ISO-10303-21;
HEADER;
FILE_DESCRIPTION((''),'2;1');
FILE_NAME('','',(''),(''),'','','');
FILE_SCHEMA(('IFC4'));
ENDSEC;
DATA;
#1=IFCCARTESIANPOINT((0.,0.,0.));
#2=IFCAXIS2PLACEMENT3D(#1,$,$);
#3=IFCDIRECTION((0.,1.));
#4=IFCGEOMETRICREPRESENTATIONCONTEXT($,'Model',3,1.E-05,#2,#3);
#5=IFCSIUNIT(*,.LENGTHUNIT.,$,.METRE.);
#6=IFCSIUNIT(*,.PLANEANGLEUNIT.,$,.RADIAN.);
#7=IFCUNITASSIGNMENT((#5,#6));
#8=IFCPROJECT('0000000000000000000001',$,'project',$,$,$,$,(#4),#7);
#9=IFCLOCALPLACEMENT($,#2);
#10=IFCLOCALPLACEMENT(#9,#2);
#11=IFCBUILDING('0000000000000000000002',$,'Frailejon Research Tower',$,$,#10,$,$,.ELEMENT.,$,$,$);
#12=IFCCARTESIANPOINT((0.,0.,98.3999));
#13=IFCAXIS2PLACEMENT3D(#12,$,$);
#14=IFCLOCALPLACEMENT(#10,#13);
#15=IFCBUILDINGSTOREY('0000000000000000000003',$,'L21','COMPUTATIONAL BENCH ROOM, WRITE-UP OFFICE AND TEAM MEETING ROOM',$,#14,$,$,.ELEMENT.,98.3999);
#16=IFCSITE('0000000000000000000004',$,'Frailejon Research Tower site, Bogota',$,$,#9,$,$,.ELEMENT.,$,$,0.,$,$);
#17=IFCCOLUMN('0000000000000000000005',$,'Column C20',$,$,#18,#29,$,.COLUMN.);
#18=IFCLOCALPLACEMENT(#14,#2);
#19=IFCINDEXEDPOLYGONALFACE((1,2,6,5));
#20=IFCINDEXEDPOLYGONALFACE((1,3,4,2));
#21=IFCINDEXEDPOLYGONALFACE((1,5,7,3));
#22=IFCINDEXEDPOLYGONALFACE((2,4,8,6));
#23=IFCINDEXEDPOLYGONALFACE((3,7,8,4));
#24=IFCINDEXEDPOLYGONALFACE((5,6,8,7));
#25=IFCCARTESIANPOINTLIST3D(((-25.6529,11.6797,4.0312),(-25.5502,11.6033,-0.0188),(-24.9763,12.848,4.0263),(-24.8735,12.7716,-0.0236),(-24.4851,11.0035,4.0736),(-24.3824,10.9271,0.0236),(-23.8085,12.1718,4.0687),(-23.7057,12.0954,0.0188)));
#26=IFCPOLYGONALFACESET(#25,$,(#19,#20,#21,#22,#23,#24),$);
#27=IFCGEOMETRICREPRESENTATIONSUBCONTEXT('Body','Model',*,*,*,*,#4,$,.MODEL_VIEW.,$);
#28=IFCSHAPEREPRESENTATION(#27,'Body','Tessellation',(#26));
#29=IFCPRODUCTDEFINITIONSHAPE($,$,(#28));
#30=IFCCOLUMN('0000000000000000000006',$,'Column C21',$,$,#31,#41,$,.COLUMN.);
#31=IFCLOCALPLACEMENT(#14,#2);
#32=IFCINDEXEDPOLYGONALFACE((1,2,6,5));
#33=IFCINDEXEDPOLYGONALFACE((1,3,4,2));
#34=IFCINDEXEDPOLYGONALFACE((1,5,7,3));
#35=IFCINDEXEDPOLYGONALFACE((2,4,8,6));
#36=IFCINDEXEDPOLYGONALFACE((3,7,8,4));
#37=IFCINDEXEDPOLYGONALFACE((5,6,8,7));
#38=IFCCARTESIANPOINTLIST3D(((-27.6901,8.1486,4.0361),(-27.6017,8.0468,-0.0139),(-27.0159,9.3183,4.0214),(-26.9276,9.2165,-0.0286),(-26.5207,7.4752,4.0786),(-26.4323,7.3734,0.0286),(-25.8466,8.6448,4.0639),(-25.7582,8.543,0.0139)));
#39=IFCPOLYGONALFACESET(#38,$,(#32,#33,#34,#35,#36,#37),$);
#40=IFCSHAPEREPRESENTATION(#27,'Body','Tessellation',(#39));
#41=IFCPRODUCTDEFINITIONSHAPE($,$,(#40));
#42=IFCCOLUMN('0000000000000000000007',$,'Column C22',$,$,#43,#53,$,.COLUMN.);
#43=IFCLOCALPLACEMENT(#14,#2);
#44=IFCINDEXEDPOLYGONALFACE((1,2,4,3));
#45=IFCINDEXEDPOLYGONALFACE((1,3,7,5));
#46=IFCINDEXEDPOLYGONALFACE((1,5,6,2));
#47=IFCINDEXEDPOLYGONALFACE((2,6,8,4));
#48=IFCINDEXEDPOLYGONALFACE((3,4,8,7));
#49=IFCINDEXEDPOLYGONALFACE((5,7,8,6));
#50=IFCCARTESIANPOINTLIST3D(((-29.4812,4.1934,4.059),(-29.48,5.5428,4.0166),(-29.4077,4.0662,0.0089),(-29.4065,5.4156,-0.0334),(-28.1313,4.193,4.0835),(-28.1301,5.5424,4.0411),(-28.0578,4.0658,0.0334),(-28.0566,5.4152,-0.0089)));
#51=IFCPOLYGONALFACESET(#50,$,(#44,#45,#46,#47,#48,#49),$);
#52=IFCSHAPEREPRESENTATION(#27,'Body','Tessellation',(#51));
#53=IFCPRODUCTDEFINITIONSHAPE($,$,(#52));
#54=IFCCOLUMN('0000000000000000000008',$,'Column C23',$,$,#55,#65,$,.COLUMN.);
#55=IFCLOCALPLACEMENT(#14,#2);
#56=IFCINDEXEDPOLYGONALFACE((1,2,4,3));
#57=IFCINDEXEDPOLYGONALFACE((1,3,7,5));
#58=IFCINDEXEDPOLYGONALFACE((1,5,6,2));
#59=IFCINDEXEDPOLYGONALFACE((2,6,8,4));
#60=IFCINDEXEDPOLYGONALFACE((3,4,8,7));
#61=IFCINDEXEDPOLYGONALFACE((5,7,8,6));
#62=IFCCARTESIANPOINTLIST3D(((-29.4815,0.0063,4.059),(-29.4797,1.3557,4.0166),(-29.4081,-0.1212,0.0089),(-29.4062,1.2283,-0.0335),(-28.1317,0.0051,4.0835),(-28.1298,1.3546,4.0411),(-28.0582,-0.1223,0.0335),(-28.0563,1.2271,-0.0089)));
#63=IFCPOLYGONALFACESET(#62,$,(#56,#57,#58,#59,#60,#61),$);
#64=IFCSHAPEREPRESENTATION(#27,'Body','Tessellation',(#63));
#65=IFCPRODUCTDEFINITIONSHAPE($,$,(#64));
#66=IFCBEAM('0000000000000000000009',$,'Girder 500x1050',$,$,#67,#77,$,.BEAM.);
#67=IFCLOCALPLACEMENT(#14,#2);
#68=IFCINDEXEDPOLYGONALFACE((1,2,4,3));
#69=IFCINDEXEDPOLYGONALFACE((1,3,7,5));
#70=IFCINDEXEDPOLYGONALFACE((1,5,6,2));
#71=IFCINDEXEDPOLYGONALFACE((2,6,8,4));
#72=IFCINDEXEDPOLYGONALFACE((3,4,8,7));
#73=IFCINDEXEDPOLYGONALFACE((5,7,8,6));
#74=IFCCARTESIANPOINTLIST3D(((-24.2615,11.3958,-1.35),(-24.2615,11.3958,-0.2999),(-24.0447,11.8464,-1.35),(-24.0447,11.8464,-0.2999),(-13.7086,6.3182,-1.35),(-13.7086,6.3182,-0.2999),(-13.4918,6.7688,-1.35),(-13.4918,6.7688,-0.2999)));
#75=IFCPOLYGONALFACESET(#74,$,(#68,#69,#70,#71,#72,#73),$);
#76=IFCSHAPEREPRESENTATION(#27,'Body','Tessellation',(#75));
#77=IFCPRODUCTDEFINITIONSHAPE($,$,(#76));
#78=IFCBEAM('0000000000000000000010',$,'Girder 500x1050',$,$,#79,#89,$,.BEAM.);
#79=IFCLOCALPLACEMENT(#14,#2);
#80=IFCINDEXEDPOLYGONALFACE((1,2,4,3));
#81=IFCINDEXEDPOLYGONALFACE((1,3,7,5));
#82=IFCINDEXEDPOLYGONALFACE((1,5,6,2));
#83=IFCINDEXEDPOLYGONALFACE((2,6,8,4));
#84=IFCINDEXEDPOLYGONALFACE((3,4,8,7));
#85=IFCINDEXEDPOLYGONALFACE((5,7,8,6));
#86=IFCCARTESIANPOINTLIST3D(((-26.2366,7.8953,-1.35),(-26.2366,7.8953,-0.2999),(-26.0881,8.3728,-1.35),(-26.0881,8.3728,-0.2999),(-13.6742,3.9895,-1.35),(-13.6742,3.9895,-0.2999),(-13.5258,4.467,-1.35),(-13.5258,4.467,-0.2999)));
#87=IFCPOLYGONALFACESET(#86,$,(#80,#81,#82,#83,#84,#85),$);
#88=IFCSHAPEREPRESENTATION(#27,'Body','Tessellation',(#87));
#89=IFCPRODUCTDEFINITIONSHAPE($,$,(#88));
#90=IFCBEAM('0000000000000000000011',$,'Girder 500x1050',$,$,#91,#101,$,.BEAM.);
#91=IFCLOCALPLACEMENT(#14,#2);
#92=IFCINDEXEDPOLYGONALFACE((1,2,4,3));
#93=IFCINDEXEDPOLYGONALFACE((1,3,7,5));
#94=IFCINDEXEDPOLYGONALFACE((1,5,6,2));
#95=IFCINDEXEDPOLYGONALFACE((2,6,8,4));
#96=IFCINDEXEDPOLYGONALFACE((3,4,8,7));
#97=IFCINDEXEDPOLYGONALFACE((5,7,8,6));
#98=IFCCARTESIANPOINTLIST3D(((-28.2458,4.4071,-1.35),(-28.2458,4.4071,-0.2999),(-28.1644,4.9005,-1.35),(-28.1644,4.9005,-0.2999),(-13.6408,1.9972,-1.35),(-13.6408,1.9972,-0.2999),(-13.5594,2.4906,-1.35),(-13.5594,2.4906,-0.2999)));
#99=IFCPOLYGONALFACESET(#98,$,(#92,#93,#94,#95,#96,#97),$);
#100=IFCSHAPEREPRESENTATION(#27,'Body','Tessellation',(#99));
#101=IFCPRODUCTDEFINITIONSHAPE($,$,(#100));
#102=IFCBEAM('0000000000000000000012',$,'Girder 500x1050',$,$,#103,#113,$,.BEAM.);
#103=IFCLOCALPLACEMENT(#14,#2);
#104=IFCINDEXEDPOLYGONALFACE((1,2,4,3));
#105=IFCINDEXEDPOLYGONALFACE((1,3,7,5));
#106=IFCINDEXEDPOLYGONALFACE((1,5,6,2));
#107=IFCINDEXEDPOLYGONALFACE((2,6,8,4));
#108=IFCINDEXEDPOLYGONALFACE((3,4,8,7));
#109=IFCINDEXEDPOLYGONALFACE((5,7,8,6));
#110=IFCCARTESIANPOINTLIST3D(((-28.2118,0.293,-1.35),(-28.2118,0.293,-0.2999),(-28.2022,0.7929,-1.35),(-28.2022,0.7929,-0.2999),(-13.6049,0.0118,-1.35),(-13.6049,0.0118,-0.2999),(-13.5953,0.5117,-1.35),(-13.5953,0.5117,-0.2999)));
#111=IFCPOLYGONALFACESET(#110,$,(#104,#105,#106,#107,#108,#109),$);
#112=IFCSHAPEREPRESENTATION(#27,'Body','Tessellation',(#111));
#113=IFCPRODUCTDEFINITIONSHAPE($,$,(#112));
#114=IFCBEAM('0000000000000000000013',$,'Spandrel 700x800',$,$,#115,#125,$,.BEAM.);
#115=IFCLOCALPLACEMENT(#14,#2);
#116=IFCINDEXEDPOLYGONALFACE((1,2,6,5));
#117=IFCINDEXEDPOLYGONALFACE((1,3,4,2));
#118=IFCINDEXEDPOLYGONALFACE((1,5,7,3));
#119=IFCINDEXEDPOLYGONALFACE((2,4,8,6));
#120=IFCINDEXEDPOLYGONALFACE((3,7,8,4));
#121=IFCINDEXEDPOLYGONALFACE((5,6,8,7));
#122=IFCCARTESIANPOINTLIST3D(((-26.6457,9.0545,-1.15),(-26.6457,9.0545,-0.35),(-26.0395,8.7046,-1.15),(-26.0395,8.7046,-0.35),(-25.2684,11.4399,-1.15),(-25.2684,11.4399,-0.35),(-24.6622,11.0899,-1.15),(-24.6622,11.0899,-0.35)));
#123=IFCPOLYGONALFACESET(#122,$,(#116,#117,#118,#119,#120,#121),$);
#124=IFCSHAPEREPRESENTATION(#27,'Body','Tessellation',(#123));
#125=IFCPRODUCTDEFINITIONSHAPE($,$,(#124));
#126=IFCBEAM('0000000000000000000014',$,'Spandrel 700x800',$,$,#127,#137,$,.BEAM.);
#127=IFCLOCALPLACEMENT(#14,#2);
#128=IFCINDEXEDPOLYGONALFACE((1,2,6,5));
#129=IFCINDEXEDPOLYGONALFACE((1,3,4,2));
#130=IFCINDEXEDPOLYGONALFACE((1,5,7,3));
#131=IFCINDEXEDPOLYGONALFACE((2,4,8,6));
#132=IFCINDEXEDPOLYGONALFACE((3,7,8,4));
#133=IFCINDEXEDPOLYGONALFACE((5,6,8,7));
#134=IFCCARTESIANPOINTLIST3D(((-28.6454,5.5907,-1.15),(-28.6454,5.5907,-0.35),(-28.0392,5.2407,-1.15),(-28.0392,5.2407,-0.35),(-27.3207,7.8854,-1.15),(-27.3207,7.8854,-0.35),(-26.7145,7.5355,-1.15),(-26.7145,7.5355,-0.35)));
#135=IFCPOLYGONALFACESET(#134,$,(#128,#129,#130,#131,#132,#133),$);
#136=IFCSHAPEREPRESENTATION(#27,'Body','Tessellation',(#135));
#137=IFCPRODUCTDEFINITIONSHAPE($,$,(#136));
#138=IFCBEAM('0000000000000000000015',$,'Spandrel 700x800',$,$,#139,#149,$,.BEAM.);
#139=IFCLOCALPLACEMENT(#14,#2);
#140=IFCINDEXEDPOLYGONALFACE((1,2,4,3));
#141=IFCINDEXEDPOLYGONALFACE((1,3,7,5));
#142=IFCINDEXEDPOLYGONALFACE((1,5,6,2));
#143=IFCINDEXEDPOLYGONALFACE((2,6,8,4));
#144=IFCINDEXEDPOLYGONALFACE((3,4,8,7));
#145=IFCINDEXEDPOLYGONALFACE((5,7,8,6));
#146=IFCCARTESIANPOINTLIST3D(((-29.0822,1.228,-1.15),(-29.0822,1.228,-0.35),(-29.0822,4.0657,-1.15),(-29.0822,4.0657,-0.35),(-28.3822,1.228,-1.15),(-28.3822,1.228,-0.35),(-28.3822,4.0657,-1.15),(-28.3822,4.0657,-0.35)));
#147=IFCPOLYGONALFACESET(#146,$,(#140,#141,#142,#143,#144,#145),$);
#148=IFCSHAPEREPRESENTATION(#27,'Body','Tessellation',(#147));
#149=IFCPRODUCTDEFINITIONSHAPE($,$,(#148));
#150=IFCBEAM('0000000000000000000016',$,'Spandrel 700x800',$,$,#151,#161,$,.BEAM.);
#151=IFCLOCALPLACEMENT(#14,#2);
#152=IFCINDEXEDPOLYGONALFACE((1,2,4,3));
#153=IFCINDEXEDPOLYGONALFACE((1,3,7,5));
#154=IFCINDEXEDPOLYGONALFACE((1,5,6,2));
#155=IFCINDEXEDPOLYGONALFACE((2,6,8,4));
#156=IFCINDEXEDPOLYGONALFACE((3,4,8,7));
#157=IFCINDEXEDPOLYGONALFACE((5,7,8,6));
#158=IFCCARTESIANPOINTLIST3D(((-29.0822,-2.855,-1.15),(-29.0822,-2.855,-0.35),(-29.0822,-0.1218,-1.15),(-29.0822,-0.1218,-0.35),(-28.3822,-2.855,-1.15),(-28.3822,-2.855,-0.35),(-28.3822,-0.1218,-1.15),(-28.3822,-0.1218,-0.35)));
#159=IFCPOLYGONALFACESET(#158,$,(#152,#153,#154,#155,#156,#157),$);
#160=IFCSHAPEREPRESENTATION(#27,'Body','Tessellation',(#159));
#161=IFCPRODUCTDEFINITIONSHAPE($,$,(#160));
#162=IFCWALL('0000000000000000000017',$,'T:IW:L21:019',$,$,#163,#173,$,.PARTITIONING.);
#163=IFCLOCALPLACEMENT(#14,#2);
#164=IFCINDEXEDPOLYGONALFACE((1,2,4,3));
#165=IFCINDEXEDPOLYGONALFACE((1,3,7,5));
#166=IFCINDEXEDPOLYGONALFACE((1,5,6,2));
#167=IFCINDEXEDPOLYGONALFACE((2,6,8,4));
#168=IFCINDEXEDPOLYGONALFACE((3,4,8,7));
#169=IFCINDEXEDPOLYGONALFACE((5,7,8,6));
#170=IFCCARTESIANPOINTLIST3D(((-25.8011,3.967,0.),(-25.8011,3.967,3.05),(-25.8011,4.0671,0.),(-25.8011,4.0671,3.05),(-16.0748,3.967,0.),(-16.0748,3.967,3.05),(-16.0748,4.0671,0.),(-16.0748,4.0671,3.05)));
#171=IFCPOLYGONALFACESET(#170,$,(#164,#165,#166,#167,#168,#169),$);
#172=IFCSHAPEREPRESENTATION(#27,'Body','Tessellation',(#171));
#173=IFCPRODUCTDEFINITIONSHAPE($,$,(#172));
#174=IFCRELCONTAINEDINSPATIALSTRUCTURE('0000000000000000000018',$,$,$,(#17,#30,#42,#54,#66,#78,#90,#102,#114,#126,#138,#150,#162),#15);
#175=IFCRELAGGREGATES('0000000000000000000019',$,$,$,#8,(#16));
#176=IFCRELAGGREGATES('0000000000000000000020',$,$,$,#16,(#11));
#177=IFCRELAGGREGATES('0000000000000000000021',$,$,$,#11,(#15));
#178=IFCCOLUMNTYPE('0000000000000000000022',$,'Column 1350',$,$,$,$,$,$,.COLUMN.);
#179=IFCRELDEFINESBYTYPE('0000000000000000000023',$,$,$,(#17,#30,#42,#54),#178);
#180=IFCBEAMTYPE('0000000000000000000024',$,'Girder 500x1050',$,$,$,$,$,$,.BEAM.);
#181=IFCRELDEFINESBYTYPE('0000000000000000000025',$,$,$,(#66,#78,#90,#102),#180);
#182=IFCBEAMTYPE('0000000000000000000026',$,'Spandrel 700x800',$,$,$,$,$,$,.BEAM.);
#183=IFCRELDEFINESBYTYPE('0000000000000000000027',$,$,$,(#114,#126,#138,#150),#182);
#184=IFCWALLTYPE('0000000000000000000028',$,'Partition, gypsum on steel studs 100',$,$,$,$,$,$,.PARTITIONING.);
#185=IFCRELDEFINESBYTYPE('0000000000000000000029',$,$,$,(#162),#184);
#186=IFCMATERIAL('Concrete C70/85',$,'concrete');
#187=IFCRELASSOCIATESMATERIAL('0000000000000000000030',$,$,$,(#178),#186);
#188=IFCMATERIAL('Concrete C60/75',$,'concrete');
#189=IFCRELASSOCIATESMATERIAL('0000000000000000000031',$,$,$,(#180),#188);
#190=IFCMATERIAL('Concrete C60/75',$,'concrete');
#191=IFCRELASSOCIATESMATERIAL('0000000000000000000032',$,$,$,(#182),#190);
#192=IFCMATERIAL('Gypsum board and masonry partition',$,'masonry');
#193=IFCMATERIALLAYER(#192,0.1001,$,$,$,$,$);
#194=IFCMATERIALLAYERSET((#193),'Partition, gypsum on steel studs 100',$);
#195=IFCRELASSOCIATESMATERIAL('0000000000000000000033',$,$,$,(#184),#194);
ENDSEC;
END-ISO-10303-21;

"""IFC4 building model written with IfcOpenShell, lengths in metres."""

from ifc_helpers import new_model, si_unit, direction, frame, frame_2d, origin, origin_2d, place, context, subcontext, project, spatial, rectangle, extrude, material, layer, layer_set, material_profile, profile_set, type_object, element, save


model = new_model("IFC4")

# Units and contexts
model_context = context("Model", 3, precision=1e-05, world=origin(), true_north=direction((0.0, 1.0)))
body_context = subcontext(model_context, "Body", "Model", "MODEL_VIEW")
ifc_project = project(units=[si_unit("LENGTHUNIT", "METRE"), si_unit("PLANEANGLEUNIT", "RADIAN")], contexts=[model_context])

# Site, building, storey
site_placement = place(None, origin())
site = spatial("IfcSite", under=ifc_project, at=site_placement, Name="Frailejon Research Tower site, Bogota", CompositionType="ELEMENT", RefElevation=0.0)
building_placement = place(site_placement, origin())
building = spatial("IfcBuilding", under=site, at=building_placement, Name="Frailejon Research Tower", CompositionType="ELEMENT")
storey_placement = place(building_placement, frame((0.0, 0.0, 98.3999)))
storey = spatial("IfcBuildingStorey", under=building, at=storey_placement, Name="L21", Description="COMPUTATIONAL BENCH ROOM, WRITE-UP OFFICE AND TEAM MEETING ROOM", CompositionType="ELEMENT", Elevation=98.3999)

# Columns
ifc_material_1 = material(Name="Concrete C70/85", Category="concrete")
ifc_material_profile_1 = material_profile(ifc_material_1, rectangle(XDim=1.3501, YDim=1.3501, at=origin_2d()), Name="Column 1350")
ifc_profile_set_1 = profile_set([ifc_material_profile_1], Name="Concrete C70/85")
column_type = type_object("IfcColumnType", Name="Column 1350", PredefinedType="COLUMN", material=ifc_profile_set_1)
column_1_placement = place(storey_placement, frame((-24.6279, 11.8494, 0.0), z_axis=(-0.025366, 0.018858, 0.9995), x_axis=(-0.501191, -0.865329, 0.003608)))
element("IfcColumn", 1, at=column_1_placement, inside=storey, type_object=column_type, Name="Column C20", PredefinedType="COLUMN", context=body_context, shape_type="SweptSolid", body=[
    extrude(rectangle(XDim=1.3501, YDim=1.3501, at=origin_2d()), origin(), (0.0, 0.0, 1.0), 4.052),
])
column_2_placement = place(storey_placement, frame((-26.6799, 8.2949, 0.0), z_axis=(-0.02181, 0.025123, 0.999446), x_axis=(-0.499317, -0.866351, 0.010882)))
element("IfcColumn", 2, at=column_2_placement, inside=storey, type_object=column_type, Name="Column C21", PredefinedType="COLUMN", context=body_context, shape_type="SweptSolid", body=[
    extrude(rectangle(XDim=1.3501, YDim=1.3501, at=origin_2d()), origin(), (0.0, 0.0, 1.0), 4.0522),
])
for number, where, z_axis, x_axis, name in (
    (3, (-28.7322, 4.7407, 0.0), (-0.018133, 0.031386, 0.999343), (-0.000879, -0.999507, 0.031375), "Column C22"),
    (4, (-28.7322, 0.553, 0.0), (-0.018133, 0.031446, 0.999341), (-0.001396, -0.999505, 0.031426), "Column C23"),
):
    element("IfcColumn", number, at=place(storey_placement, frame(where, z_axis=z_axis, x_axis=x_axis)), inside=storey, type_object=column_type, Name=name, PredefinedType="COLUMN", context=body_context, shape_type="SweptSolid", body=[
        extrude(rectangle(XDim=1.3501, YDim=1.3501, at=origin_2d()), origin(), (0.0, 0.0, 1.0), 4.0527),
    ])

# Beams
ifc_material_2 = material(Name="Concrete C60/75", Category="concrete")
ifc_material_profile_2 = material_profile(ifc_material_2, rectangle(XDim=0.5, YDim=1.05, at=origin_2d()), Name="Girder 500x1050")
ifc_profile_set_2 = profile_set([ifc_material_profile_2], Name="Concrete C60/75")
beam_type_1 = type_object("IfcBeamType", Name="Girder 500x1050", PredefinedType="BEAM", material=ifc_profile_set_2)
beam_1_placement = place(storey_placement, frame((-24.1531, 11.6211, -0.825), z_axis=(0.901116, -0.433578, 0.0), x_axis=(0.433578, 0.901116, 0.0)))
element("IfcBeam", 5, at=beam_1_placement, inside=storey, type_object=beam_type_1, Name="Girder 500x1050", PredefinedType="BEAM", context=body_context, shape_type="SweptSolid", body=[
    extrude(rectangle(XDim=0.5, YDim=1.05, at=origin_2d()), origin(), (0.0, 0.0, 1.0), 11.7109),
])
beam_2_placement = place(storey_placement, frame((-26.1624, 8.134, -0.825), z_axis=(0.954911, -0.296894, 0.0), x_axis=(0.296894, 0.954911, 0.0)))
element("IfcBeam", 6, at=beam_2_placement, inside=storey, type_object=beam_type_1, Name="Girder 500x1050", PredefinedType="BEAM", context=body_context, shape_type="SweptSolid", body=[
    extrude(rectangle(XDim=0.5, YDim=1.05, at=origin_2d()), origin(), (0.0, 0.0, 1.0), 13.1555),
])
beam_3_placement = place(storey_placement, frame((-28.2051, 4.6538, -0.825), z_axis=(0.986658, -0.162805, 0.0), x_axis=(0.162805, 0.986658, 0.0)))
element("IfcBeam", 7, at=beam_3_placement, inside=storey, type_object=beam_type_1, Name="Girder 500x1050", PredefinedType="BEAM", context=body_context, shape_type="SweptSolid", body=[
    extrude(rectangle(XDim=0.5, YDim=1.05, at=origin_2d()), origin(), (0.0, 0.0, 1.0), 14.8025),
])
beam_4_placement = place(storey_placement, frame((-28.207, 0.543, -0.825), z_axis=(0.999815, -0.019251, 0.0), x_axis=(0.019251, 0.999815, 0.0)))
element("IfcBeam", 8, at=beam_4_placement, inside=storey, type_object=beam_type_1, Name="Girder 500x1050", PredefinedType="BEAM", context=body_context, shape_type="SweptSolid", body=[
    extrude(rectangle(XDim=0.5, YDim=1.05, at=origin_2d()), origin(), (0.0, 0.0, 1.0), 14.6096),
])
ifc_material_3 = material(Name="Concrete C60/75", Category="concrete")
ifc_material_profile_3 = material_profile(ifc_material_3, rectangle(XDim=0.7, YDim=0.8, at=origin_2d()), Name="Spandrel 700x800")
ifc_profile_set_3 = profile_set([ifc_material_profile_3], Name="Concrete C60/75")
beam_type_2 = type_object("IfcBeamType", Name="Spandrel 700x800", PredefinedType="BEAM", material=ifc_profile_set_3)
beam_5_placement = place(storey_placement, frame((-24.9653, 11.2649, -0.75), z_axis=(-0.500019, -0.866014, 0.0), x_axis=(0.866014, -0.500019, 0.0)))
element("IfcBeam", 9, at=beam_5_placement, inside=storey, type_object=beam_type_2, Name="Spandrel 700x800", PredefinedType="BEAM", context=body_context, shape_type="SweptSolid", body=[
    extrude(rectangle(XDim=0.7, YDim=0.8, at=origin_2d()), origin(), (0.0, 0.0, 1.0), 2.7544),
])
beam_6_placement = place(storey_placement, frame((-27.0176, 7.7104, -0.75), z_axis=(-0.499964, -0.866046, 0.0), x_axis=(0.866046, -0.499964, 0.0)))
element("IfcBeam", 10, at=beam_6_placement, inside=storey, type_object=beam_type_2, Name="Spandrel 700x800", PredefinedType="BEAM", context=body_context, shape_type="SweptSolid", body=[
    extrude(rectangle(XDim=0.7, YDim=0.8, at=origin_2d()), origin(), (0.0, 0.0, 1.0), 2.6497),
])
beam_7_placement = place(storey_placement, frame((-28.7322, 4.0657, -0.75), z_axis=(0.0, -1.0, 0.0), x_axis=(1.0, 0.0, 0.0)))
element("IfcBeam", 11, at=beam_7_placement, inside=storey, type_object=beam_type_2, Name="Spandrel 700x800", PredefinedType="BEAM", context=body_context, shape_type="SweptSolid", body=[
    extrude(rectangle(XDim=0.7, YDim=0.8, at=origin_2d()), origin(), (0.0, 0.0, 1.0), 2.8376),
])
beam_8_placement = place(storey_placement, frame((-28.7322, -0.1218, -0.75), z_axis=(0.0, -1.0, 0.0), x_axis=(1.0, 0.0, 0.0)))
element("IfcBeam", 12, at=beam_8_placement, inside=storey, type_object=beam_type_2, Name="Spandrel 700x800", PredefinedType="BEAM", context=body_context, shape_type="SweptSolid", body=[
    extrude(rectangle(XDim=0.7, YDim=0.8, at=origin_2d()), origin(), (0.0, 0.0, 1.0), 2.7332),
])

# Wall
ifc_material_4 = material(Name="Gypsum board and masonry partition", Category="masonry")
ifc_layer_1 = layer(ifc_material_4, 0.1001)
ifc_layer_set_1 = layer_set([ifc_layer_1], Name="Partition, gypsum on steel studs 100")
wall_type_1 = type_object("IfcWallType", Name="Partition, gypsum on steel studs 100", PredefinedType="PARTITIONING", material=ifc_layer_set_1)
wall_1_placement = place(storey_placement, frame((-25.8013, 4.0171, 0.0), z_axis=(0.0, 0.0, 1.0), x_axis=(1.0, 0.0, 0.0)))
element("IfcWall", 13, at=wall_1_placement, inside=storey, type_object=wall_type_1, Name="T:IW:L21:019", PredefinedType="PARTITIONING", context=body_context, shape_type="SweptSolid", body=[
    extrude(rectangle(XDim=9.7263, YDim=0.1001, at=frame_2d((4.8633, 0.0))), origin(), (0.0, 0.0, 1.0), 3.05),
])

save(model, "model.ifc")
